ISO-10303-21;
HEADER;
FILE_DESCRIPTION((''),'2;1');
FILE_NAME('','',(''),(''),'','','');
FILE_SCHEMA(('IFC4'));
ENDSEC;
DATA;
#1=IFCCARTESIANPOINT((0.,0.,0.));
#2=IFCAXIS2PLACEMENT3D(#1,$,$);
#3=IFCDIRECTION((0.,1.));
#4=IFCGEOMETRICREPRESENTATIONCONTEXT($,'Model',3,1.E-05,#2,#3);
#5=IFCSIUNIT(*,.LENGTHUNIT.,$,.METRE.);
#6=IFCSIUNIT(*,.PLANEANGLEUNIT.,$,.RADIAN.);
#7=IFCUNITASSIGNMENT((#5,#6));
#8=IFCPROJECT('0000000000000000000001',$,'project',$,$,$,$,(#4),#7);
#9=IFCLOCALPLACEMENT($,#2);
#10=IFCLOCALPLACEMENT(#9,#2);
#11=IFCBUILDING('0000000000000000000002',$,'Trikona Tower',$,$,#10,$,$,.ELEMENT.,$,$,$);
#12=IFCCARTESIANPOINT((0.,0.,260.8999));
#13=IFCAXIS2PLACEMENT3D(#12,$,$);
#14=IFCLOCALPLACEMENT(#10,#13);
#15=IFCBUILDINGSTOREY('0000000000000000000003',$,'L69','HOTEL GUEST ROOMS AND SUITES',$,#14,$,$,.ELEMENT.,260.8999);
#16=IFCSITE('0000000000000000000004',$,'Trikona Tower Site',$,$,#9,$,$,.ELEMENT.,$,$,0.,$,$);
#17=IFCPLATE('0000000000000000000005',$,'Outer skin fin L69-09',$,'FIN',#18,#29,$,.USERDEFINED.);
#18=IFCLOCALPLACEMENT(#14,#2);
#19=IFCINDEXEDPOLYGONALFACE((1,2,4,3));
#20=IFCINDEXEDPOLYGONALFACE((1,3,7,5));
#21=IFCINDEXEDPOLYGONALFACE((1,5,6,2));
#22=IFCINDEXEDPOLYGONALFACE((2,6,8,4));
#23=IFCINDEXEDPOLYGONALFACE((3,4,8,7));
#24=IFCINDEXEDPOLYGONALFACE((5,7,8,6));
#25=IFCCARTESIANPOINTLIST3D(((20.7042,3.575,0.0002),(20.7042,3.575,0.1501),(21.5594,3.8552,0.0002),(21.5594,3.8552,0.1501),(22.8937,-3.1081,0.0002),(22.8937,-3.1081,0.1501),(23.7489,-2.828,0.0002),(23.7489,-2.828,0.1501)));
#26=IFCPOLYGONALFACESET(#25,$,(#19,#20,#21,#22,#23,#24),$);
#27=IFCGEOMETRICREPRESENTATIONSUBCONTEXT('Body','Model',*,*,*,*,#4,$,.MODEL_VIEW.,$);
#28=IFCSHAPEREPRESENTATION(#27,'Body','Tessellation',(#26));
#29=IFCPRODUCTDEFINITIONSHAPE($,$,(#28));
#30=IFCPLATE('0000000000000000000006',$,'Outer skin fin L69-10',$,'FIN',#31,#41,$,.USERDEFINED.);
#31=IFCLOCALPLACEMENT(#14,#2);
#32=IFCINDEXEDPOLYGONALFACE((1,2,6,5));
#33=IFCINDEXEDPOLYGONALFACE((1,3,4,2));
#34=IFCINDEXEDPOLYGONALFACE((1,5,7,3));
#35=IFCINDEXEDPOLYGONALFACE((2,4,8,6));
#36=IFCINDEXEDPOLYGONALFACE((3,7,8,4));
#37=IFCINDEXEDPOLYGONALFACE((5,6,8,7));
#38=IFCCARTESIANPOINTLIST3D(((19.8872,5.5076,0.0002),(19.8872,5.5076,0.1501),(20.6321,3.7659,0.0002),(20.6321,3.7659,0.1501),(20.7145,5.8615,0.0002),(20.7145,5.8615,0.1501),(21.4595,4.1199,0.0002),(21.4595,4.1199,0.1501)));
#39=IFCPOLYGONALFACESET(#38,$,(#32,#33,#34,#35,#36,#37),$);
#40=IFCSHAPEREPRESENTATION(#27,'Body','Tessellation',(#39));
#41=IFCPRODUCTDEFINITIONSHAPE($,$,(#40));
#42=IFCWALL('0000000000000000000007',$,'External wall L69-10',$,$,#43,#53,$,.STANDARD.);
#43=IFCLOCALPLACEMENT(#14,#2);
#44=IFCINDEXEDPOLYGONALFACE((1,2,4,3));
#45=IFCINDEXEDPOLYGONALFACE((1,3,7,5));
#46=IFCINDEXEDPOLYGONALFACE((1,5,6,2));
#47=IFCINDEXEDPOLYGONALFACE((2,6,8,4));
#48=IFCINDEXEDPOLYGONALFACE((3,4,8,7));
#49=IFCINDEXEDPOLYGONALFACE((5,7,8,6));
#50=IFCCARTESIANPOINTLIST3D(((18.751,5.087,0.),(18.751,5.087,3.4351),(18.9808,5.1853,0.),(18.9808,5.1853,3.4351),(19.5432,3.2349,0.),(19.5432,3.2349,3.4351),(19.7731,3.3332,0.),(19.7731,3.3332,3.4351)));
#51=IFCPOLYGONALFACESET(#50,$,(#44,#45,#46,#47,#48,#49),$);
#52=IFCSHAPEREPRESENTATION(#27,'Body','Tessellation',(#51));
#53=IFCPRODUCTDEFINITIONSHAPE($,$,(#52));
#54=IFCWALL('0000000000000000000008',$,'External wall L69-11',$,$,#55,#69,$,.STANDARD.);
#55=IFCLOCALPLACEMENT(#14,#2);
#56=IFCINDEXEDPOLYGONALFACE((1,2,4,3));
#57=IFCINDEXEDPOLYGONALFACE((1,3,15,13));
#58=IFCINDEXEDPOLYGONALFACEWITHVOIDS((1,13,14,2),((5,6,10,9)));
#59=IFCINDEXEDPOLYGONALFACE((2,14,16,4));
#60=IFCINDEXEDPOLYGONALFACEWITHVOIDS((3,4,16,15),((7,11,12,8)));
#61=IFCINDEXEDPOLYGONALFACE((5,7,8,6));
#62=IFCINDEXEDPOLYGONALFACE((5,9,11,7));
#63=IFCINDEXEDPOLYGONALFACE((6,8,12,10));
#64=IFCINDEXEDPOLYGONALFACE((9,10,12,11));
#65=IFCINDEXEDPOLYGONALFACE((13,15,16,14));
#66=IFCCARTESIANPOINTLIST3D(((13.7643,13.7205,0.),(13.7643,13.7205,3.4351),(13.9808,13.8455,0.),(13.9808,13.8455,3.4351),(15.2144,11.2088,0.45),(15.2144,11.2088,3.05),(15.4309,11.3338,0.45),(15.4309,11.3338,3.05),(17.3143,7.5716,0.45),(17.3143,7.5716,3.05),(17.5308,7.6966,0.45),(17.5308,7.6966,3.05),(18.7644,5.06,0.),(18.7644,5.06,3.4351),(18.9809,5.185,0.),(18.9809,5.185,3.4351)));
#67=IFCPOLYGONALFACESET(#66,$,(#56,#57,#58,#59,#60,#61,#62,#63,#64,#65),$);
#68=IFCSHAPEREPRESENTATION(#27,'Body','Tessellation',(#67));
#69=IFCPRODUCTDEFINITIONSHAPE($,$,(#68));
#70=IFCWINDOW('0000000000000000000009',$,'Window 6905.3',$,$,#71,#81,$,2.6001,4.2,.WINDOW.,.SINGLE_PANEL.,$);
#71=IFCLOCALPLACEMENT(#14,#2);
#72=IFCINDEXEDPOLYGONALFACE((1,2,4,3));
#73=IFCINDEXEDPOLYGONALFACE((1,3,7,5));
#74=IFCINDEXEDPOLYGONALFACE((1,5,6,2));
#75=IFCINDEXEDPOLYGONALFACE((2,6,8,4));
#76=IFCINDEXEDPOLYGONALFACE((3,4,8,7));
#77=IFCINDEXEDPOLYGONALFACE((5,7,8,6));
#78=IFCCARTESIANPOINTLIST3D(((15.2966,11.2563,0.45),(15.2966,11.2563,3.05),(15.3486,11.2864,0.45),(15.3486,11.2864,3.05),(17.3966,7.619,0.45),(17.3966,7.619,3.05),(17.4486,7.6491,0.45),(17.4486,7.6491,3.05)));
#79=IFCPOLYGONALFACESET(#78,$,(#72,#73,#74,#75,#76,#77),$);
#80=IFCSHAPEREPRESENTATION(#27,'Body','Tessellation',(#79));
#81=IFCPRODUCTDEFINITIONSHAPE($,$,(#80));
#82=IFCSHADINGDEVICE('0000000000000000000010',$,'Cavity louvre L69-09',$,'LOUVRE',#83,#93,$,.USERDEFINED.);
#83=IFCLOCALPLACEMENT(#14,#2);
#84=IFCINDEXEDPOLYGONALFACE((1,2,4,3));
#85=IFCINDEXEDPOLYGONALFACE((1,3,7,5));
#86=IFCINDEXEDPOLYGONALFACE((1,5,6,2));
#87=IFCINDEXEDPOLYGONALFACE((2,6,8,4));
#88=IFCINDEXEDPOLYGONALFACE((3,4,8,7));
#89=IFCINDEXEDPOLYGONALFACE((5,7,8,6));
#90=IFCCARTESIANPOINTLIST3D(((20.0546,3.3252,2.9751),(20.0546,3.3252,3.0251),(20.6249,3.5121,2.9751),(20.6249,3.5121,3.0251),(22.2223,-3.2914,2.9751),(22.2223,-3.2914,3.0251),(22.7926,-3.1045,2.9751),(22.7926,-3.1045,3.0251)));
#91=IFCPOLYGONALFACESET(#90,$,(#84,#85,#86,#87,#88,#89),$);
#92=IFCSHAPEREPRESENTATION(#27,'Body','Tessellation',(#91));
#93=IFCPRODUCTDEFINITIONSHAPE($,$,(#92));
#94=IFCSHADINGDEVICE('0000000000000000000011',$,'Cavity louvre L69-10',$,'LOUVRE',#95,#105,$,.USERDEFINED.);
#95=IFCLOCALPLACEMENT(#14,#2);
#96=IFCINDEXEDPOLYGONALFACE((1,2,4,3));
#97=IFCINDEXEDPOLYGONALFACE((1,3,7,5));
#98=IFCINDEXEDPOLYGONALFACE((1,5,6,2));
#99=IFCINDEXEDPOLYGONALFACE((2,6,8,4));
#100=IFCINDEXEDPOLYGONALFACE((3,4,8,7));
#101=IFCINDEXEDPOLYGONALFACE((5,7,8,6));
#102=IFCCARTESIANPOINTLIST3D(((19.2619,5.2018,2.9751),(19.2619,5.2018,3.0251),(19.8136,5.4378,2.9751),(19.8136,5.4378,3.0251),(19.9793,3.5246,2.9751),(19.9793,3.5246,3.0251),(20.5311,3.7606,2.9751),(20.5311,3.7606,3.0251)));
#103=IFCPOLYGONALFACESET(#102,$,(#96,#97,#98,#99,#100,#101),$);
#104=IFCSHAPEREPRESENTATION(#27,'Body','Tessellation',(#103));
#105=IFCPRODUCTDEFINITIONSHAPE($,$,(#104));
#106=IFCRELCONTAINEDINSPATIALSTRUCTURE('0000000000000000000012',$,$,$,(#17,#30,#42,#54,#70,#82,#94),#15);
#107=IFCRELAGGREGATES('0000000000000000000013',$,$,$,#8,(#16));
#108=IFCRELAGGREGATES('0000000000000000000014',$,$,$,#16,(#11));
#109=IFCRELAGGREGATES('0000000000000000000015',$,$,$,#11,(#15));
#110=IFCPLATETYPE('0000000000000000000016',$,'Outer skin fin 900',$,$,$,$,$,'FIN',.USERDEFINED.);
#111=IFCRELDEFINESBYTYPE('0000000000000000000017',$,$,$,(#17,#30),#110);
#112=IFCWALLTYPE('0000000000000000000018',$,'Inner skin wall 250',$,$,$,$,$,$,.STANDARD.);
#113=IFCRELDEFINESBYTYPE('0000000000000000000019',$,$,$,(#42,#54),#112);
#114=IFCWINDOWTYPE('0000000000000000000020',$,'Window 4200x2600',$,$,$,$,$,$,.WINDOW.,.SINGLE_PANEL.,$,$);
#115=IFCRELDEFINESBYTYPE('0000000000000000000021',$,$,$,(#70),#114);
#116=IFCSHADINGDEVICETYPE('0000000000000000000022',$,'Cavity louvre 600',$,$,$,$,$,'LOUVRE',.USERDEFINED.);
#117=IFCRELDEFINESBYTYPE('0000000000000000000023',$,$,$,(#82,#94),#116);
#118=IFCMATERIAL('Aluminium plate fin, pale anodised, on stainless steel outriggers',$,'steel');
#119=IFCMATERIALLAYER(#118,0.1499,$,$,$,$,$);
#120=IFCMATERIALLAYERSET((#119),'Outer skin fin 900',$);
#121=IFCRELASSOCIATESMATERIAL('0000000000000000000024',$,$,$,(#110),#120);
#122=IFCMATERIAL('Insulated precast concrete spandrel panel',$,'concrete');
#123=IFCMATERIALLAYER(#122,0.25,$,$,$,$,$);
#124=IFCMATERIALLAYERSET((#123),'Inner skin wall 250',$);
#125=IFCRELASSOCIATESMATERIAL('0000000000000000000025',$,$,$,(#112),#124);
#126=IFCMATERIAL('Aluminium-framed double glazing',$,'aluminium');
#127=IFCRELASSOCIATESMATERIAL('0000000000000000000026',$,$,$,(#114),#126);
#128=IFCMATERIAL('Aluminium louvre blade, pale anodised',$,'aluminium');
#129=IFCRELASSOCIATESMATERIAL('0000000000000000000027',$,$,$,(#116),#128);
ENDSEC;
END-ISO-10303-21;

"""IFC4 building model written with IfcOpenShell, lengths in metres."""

from ifc_helpers import new_model, si_unit, direction, frame, frame_2d, origin, origin_2d, place, context, subcontext, project, spatial, rectangle, extrude, material, layer, layer_set, type_object, element, fill, save


model = new_model("IFC4")

# Units and contexts
model_context = context("Model", 3, precision=1e-05, world=origin(), true_north=direction((0.0, 1.0)))
body_context = subcontext(model_context, "Body", "Model", "MODEL_VIEW")
ifc_project = project(units=[si_unit("LENGTHUNIT", "METRE"), si_unit("PLANEANGLEUNIT", "RADIAN")], contexts=[model_context])

# Site, building, storey
site_placement = place(None, origin())
site = spatial("IfcSite", under=ifc_project, at=site_placement, Name="Trikona Tower Site", CompositionType="ELEMENT", RefElevation=0.0)
building_placement = place(site_placement, origin())
building = spatial("IfcBuilding", under=site, at=building_placement, Name="Trikona Tower", CompositionType="ELEMENT")
storey_placement = place(building_placement, frame((0.0, 0.0, 260.8999)))
storey = spatial("IfcBuildingStorey", under=building, at=storey_placement, Name="L69", Description="HOTEL GUEST ROOMS AND SUITES", CompositionType="ELEMENT", Elevation=260.8999)

# Plates
ifc_material_1 = material(Name="Aluminium plate fin, pale anodised, on stainless steel outriggers", Category="steel")
ifc_layer_1 = layer(ifc_material_1, 0.1499)
ifc_layer_set_1 = layer_set([ifc_layer_1], Name="Outer skin fin 900")
plate_type_1 = type_object("IfcPlateType", Name="Outer skin fin 900", ElementType="FIN", PredefinedType="USERDEFINED", material=ifc_layer_set_1)
plate_1_placement = place(storey_placement, frame((22.2266, 0.3735, 0.0002), z_axis=(0.0, 0.0, 1.0), x_axis=(-0.311337, 0.9503, 0.0)))
element("IfcPlate", 1, at=plate_1_placement, inside=storey, type_object=plate_type_1, Name="Outer skin fin L69-09", ObjectType="FIN", PredefinedType="USERDEFINED", context=body_context, shape_type="SweptSolid", body=[
    extrude(rectangle(XDim=7.0327, YDim=0.8999, at=origin_2d()), origin(), (0.0, 0.0, 1.0), 0.1499),
])
plate_2_placement = place(storey_placement, frame((20.6733, 4.8137, 0.0002), z_axis=(0.0, 0.0, 1.0), x_axis=(-0.393284, 0.919417, 0.0)))
element("IfcPlate", 2, at=plate_2_placement, inside=storey, type_object=plate_type_1, Name="Outer skin fin L69-10", ObjectType="FIN", PredefinedType="USERDEFINED", context=body_context, shape_type="SweptSolid", body=[
    extrude(rectangle(XDim=1.8943, YDim=0.8999, at=origin_2d()), origin(), (0.0, 0.0, 1.0), 0.1499),
])

# Wall
ifc_material_2 = material(Name="Insulated precast concrete spandrel panel", Category="concrete")
ifc_layer_2 = layer(ifc_material_2, 0.25)
ifc_layer_set_2 = layer_set([ifc_layer_2], Name="Inner skin wall 250")
wall_type = type_object("IfcWallType", Name="Inner skin wall 250", PredefinedType="STANDARD", material=ifc_layer_set_2)
wall_1_placement = place(storey_placement, frame((19.6582, 3.2839, 0.0), z_axis=(0.0, 0.0, 1.0), x_axis=(-0.39329, 0.919414, 0.0)))
element("IfcWall", 3, at=wall_1_placement, inside=storey, type_object=wall_type, Name="External wall L69-10", PredefinedType="STANDARD", context=body_context, shape_type="SweptSolid", body=[
    extrude(rectangle(XDim=2.0144, YDim=0.25, at=frame_2d((1.0073, 0.0))), origin(), (0.0, 0.0, 1.0), 3.4351),
])

# Wall, opening, window
wall_2_placement = place(storey_placement, frame((18.8726, 5.1226, 0.0), z_axis=(0.0, 0.0, 1.0), x_axis=(-0.499994, 0.866029, 0.0)))
wall_2 = element("IfcWall", 4, at=wall_2_placement, inside=storey, type_object=wall_type, Name="External wall L69-11", PredefinedType="STANDARD", context=body_context, shape_type="SweptSolid", body=[
    extrude(rectangle(XDim=10.0002, YDim=0.25, at=frame_2d((5.0, 0.0))), origin(), (0.0, 0.0, 1.0), 3.4351),
])
opening_placement = place(wall_2_placement, frame((2.8999, 0.0, 0.45)))
opening = element("IfcOpeningElement", 5, at=opening_placement, cuts=wall_2, PredefinedType="OPENING", context=body_context, shape_type="SweptSolid", body=[
    extrude(rectangle(XDim=4.2, YDim=2.6001, at=frame_2d((2.1001, 1.3))), frame((0.0, 0.135, 0.0), z_axis=(0.0, -1.0, 0.0), x_axis=(1.0, 0.0, 0.0)), (0.0, 0.0, 1.0), 0.27),
])
ifc_material_3 = material(Name="Aluminium-framed double glazing", Category="aluminium")
window_type = type_object("IfcWindowType", Name="Window 4200x2600", PartitioningType="SINGLE_PANEL", PredefinedType="WINDOW", material=ifc_material_3)
window_placement = place(opening_placement, origin())
window = element("IfcWindow", 6, at=window_placement, inside=storey, type_object=window_type, Name="Window 6905.3", OverallHeight=2.6001, OverallWidth=4.2, PartitioningType="SINGLE_PANEL", PredefinedType="WINDOW", context=body_context, shape_type="SweptSolid", body=[
    extrude(rectangle(XDim=4.2, YDim=2.6001, at=frame_2d((2.1001, 1.3))), frame((0.0, 0.03, 0.0), z_axis=(0.0, -1.0, 0.0), x_axis=(1.0, 0.0, 0.0)), (0.0, 0.0, 1.0), 0.0601),
])
fill(opening, window)

# Shading devices
ifc_material_4 = material(Name="Aluminium louvre blade, pale anodised", Category="aluminium")
shading_device_type = type_object("IfcShadingDeviceType", Name="Cavity louvre 600", ElementType="LOUVRE", PredefinedType="USERDEFINED", material=ifc_material_4)
shading_device_1_placement = place(storey_placement, frame((21.4236, 0.1104, 2.9751), z_axis=(0.0, 0.0, 1.0), x_axis=(-0.311337, 0.9503, 0.0)))
element("IfcShadingDevice", 7, at=shading_device_1_placement, inside=storey, type_object=shading_device_type, Name="Cavity louvre L69-09", ObjectType="LOUVRE", PredefinedType="USERDEFINED", context=body_context, shape_type="SweptSolid", body=[
    extrude(rectangle(XDim=6.9626, YDim=0.6001, at=origin_2d()), origin(), (0.0, 0.0, 1.0), 0.05),
])
shading_device_2_placement = place(storey_placement, frame((19.8965, 4.4812, 2.9751), z_axis=(0.0, 0.0, 1.0), x_axis=(-0.393284, 0.919417, 0.0)))
element("IfcShadingDevice", 8, at=shading_device_2_placement, inside=storey, type_object=shading_device_type, Name="Cavity louvre L69-10", ObjectType="LOUVRE", PredefinedType="USERDEFINED", context=body_context, shape_type="SweptSolid", body=[
    extrude(rectangle(XDim=1.8242, YDim=0.6001, at=origin_2d()), origin(), (0.0, 0.0, 1.0), 0.05),
])

save(model, "model.ifc")
